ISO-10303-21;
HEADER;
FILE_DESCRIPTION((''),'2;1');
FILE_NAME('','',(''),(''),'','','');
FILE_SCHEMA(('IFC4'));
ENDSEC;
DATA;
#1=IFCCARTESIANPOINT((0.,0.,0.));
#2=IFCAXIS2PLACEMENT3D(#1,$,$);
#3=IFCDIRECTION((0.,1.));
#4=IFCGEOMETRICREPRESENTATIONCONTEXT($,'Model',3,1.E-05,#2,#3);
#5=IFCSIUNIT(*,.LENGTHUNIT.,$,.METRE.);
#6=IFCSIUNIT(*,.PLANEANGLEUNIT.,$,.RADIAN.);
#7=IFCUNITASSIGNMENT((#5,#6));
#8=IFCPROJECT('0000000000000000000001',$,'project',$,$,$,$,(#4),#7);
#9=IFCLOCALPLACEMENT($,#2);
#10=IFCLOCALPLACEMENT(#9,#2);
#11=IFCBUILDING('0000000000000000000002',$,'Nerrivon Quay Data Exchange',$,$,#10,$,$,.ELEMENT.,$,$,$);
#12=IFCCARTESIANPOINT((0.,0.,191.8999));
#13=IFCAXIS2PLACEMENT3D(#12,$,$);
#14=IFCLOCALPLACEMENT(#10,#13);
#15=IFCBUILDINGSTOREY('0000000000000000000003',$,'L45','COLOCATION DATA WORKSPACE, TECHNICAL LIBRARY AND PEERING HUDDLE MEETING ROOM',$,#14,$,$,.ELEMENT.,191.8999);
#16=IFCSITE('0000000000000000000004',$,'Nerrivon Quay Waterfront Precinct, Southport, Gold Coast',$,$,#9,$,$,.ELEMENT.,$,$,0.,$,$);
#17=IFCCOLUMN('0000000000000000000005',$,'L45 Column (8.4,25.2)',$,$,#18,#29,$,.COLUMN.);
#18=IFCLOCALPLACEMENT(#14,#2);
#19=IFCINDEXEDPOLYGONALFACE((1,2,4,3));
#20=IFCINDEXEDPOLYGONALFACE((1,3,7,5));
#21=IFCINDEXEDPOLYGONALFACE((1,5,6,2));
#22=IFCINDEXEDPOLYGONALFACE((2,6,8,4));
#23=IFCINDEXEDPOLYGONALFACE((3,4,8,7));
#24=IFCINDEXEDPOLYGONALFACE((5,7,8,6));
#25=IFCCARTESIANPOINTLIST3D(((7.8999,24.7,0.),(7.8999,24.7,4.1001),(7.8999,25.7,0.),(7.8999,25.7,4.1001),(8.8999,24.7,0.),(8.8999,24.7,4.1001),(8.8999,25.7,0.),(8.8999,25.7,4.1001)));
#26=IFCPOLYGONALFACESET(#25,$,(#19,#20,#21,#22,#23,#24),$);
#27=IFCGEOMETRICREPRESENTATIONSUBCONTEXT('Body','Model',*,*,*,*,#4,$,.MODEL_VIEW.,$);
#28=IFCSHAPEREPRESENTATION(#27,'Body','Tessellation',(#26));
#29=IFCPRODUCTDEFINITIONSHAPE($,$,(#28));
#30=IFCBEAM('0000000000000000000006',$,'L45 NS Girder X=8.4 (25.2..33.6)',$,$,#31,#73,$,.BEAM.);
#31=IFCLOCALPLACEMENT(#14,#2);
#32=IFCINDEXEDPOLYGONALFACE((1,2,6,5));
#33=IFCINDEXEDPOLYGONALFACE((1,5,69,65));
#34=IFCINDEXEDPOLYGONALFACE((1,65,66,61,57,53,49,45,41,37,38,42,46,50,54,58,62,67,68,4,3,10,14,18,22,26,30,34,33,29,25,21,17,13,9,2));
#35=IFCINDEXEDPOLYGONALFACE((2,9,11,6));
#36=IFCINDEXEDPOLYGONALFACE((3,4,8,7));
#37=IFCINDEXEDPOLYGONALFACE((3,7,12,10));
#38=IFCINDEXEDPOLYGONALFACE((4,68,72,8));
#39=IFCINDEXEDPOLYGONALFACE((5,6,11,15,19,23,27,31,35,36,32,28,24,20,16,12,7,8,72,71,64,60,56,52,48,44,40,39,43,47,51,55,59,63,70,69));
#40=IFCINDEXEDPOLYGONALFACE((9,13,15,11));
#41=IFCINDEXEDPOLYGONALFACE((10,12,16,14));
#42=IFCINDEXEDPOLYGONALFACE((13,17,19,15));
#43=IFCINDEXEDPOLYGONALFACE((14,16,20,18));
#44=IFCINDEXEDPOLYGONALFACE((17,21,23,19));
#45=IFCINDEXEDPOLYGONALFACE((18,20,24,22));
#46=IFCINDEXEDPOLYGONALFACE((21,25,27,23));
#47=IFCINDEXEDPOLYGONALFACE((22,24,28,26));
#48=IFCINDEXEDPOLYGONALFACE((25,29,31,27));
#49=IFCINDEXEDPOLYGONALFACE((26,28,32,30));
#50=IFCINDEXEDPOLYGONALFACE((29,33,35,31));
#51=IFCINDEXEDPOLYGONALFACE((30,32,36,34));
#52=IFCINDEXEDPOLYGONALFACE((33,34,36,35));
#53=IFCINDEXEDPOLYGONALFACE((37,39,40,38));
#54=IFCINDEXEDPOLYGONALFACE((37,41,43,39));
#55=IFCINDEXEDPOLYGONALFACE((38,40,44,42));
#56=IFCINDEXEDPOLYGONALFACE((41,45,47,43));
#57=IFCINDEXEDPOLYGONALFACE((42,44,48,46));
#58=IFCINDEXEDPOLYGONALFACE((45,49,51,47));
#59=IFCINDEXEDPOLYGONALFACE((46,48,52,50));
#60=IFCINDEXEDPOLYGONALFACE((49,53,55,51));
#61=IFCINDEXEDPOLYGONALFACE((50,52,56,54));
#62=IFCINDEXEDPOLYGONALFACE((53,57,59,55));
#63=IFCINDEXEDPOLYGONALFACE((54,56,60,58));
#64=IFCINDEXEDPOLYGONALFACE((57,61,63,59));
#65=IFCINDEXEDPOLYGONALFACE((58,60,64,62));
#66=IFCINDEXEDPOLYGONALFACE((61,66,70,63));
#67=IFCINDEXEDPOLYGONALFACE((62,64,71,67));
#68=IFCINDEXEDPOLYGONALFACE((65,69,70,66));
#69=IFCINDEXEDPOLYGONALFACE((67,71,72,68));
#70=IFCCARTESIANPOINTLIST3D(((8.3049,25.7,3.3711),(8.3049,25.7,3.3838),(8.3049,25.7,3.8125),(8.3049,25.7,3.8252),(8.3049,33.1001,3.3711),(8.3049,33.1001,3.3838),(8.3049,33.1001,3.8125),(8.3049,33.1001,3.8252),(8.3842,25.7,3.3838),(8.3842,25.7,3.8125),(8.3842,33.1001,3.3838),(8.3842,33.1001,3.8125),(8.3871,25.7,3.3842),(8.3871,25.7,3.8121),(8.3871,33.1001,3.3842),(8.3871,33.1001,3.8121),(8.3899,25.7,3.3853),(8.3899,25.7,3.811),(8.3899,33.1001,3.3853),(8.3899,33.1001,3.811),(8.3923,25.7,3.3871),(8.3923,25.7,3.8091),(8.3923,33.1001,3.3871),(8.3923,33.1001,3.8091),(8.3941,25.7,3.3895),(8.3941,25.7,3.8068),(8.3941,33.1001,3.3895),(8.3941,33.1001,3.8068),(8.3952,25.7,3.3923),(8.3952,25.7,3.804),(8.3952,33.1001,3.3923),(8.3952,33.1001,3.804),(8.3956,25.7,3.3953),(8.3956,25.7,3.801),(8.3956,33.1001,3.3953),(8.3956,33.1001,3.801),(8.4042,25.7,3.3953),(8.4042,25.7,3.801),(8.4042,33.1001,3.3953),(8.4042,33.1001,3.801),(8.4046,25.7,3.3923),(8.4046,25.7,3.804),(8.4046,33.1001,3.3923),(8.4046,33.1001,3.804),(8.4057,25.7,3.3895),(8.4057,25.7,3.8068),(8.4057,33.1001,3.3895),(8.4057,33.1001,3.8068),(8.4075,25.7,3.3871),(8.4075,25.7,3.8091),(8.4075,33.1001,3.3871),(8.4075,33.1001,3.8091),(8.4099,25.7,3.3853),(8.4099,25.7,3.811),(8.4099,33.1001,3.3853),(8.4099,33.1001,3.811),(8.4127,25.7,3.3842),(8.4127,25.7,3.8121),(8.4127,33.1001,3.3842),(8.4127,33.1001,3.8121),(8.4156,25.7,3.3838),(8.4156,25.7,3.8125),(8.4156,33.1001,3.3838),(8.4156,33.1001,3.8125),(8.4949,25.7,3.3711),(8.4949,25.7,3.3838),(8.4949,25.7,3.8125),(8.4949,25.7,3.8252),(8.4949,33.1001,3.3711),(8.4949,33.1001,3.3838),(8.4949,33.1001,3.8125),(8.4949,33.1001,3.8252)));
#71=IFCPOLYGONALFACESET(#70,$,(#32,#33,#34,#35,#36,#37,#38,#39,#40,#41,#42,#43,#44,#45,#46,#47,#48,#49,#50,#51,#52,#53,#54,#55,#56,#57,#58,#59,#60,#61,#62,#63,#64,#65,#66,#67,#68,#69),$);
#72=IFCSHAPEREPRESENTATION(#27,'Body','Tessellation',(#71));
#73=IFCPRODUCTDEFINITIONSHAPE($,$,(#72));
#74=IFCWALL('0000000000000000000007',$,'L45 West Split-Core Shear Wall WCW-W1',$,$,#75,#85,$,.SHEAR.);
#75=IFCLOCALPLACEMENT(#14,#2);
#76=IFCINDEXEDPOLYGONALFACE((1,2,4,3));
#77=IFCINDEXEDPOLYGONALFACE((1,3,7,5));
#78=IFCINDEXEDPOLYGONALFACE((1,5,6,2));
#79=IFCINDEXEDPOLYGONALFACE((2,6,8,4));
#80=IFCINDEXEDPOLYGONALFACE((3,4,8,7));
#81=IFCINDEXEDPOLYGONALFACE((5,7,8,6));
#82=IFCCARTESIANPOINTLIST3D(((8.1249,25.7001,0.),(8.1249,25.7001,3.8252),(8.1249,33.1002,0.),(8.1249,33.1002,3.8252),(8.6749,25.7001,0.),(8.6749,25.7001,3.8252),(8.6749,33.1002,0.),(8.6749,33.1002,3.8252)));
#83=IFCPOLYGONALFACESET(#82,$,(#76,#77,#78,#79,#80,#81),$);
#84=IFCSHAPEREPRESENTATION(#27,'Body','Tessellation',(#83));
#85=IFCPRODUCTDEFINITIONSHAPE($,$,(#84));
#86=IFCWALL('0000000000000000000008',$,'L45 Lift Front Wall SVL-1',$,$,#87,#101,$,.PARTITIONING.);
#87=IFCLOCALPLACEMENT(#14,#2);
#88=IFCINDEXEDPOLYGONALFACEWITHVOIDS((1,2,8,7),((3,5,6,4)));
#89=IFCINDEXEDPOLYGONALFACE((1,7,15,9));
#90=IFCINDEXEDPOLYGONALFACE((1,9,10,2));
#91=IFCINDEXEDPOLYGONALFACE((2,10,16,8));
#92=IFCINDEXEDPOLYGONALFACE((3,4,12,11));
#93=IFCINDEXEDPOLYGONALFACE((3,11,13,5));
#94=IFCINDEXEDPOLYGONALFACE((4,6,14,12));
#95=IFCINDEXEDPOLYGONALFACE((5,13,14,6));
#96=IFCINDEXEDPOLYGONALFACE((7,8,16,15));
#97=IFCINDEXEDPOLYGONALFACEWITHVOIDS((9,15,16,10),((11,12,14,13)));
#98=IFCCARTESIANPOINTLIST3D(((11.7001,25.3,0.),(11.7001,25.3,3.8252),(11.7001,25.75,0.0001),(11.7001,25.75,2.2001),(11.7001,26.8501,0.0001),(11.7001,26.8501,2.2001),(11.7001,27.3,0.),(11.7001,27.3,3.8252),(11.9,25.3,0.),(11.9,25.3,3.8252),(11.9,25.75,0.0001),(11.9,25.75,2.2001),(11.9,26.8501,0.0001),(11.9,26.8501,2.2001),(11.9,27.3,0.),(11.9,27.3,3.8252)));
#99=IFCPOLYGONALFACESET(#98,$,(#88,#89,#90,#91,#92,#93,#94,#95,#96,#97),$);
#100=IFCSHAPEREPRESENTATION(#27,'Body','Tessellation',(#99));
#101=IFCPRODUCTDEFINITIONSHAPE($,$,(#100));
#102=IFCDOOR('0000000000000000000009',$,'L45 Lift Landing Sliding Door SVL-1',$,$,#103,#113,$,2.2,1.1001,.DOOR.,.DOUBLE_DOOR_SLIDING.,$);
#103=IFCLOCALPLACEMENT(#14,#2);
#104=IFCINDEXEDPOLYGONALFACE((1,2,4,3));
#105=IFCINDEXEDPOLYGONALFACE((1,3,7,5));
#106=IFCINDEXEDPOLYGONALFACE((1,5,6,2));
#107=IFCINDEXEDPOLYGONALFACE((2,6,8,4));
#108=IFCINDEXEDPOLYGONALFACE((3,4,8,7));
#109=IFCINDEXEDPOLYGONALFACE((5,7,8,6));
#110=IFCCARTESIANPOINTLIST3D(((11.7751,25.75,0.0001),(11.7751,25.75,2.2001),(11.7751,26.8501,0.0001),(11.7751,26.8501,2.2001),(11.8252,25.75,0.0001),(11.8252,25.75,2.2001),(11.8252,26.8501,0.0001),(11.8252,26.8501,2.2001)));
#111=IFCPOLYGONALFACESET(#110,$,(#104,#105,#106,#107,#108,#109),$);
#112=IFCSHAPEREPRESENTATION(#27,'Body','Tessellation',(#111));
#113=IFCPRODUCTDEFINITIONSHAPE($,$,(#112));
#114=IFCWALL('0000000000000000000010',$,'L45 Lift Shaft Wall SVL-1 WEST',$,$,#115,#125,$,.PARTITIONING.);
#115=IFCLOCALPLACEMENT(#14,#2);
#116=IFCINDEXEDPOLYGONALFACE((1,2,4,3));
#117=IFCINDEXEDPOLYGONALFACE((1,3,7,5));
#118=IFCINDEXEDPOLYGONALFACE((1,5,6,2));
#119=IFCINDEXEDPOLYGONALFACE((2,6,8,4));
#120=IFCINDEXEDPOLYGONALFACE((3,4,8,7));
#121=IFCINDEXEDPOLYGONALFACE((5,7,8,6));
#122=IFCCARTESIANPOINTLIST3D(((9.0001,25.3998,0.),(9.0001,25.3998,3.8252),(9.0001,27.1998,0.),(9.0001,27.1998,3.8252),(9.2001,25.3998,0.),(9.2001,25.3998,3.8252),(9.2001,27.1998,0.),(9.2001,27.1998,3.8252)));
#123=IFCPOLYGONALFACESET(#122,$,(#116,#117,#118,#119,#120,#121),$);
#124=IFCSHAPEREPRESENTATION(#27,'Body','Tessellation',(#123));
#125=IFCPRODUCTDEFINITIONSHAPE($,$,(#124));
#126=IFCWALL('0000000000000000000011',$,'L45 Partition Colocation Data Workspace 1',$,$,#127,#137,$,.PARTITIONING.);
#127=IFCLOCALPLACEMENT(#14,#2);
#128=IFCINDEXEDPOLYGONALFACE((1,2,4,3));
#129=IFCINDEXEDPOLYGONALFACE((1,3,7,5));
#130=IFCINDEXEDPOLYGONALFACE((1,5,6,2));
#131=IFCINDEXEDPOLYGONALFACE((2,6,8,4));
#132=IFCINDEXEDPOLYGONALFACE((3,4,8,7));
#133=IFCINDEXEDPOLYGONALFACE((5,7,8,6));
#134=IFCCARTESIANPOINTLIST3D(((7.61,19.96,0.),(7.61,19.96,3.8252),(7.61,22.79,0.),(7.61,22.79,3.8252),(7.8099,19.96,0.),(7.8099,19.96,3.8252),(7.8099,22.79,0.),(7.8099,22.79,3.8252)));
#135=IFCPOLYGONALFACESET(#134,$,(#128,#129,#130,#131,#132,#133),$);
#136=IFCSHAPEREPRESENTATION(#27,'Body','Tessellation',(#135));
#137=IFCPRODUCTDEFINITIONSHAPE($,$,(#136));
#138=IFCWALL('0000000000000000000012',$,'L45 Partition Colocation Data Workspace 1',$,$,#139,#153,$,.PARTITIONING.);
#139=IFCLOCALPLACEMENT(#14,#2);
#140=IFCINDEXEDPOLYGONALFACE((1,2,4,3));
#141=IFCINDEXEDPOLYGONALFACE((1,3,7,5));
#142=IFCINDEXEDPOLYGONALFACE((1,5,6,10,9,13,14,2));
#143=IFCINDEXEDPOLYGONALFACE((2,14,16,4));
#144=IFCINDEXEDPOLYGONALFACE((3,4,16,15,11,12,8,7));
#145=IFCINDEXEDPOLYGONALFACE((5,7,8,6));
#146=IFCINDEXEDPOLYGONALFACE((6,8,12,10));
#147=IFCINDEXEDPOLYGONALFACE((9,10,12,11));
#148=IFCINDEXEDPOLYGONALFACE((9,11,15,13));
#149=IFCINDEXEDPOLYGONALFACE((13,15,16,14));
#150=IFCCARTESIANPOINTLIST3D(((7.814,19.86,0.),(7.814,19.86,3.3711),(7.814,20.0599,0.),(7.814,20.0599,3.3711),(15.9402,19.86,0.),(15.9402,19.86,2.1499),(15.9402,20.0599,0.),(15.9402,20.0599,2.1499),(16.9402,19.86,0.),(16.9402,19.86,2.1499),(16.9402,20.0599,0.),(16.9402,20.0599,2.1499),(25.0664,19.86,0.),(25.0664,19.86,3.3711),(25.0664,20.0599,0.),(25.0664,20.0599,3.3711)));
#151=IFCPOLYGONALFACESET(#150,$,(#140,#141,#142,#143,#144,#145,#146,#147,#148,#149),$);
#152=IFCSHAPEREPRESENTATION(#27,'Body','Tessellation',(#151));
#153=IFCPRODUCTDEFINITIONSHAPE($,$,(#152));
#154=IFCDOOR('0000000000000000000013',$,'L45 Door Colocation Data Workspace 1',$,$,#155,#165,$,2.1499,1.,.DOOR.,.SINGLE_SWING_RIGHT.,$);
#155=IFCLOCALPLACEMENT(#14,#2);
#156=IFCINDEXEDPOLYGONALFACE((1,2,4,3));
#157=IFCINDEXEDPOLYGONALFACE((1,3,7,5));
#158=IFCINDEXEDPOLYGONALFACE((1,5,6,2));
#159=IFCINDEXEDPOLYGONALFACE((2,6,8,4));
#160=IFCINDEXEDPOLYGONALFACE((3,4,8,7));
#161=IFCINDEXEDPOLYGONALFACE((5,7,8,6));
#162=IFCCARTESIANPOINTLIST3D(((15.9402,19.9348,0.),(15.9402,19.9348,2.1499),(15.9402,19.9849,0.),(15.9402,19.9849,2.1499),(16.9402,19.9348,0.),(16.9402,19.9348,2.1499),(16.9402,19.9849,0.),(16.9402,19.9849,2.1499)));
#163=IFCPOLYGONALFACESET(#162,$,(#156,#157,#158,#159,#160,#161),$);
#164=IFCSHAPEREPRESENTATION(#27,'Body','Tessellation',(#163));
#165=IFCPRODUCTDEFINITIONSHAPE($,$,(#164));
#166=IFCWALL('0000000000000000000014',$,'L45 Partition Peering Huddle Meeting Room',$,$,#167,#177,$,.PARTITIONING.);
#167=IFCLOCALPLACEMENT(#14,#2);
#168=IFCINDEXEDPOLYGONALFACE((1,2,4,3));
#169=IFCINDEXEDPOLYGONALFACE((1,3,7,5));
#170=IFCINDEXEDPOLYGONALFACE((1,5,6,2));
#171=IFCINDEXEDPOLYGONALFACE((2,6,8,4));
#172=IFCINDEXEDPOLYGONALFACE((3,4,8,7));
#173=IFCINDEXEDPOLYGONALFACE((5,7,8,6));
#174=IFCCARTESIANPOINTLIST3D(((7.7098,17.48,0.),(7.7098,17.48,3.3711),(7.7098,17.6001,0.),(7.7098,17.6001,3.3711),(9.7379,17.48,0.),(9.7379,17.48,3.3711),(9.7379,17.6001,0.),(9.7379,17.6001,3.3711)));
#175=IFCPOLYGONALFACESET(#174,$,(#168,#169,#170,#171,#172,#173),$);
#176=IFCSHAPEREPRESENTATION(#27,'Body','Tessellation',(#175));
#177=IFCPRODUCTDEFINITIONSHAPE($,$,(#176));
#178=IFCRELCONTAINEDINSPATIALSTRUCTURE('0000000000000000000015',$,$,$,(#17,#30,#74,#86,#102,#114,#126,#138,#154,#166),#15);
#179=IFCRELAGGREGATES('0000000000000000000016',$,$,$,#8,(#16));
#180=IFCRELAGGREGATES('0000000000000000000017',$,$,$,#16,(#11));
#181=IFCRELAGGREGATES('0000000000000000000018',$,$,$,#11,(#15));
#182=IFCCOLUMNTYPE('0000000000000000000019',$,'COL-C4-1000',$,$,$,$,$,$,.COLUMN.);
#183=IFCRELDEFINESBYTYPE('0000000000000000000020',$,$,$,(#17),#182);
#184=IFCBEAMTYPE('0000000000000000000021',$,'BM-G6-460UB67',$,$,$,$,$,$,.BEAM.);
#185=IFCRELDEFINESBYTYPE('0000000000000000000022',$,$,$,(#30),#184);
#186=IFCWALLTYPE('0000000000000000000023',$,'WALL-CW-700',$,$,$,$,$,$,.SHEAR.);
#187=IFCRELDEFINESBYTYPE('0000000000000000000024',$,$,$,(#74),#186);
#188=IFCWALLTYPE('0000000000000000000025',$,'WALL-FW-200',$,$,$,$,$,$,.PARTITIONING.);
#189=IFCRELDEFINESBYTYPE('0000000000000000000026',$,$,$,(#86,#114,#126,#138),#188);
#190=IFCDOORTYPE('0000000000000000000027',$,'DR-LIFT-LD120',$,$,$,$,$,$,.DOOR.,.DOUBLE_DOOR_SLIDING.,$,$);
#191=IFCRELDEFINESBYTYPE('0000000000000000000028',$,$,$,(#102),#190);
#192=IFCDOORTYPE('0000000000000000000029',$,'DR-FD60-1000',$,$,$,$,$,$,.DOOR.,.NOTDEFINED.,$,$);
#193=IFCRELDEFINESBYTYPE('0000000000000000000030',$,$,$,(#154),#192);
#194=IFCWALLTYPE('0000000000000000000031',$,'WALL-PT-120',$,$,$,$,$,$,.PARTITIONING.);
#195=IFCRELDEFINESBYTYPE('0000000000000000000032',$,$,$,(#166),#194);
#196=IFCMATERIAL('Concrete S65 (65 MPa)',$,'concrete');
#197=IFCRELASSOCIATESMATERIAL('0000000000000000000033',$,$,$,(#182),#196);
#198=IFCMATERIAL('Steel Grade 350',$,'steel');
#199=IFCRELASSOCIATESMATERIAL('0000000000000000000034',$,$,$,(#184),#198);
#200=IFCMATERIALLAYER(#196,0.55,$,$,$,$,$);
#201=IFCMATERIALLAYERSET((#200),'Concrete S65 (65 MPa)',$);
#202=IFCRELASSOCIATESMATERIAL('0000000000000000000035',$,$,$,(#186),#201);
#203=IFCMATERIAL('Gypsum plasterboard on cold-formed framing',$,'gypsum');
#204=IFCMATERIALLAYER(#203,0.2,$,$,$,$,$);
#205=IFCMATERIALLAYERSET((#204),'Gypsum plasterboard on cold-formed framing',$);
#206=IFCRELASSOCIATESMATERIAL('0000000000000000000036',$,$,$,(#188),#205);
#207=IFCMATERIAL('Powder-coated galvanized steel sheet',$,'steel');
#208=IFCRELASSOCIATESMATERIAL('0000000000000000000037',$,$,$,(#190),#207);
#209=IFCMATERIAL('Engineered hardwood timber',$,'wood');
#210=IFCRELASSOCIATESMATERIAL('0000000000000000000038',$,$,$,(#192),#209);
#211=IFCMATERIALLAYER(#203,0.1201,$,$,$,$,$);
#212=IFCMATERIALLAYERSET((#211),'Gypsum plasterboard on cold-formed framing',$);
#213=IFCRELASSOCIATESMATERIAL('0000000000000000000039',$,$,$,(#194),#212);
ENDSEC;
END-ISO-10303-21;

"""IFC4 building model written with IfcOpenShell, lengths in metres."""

from ifc_helpers import new_model, si_unit, direction, frame, frame_2d, origin, origin_2d, place, context, subcontext, project, spatial, rectangle, i_section, extrude, material, layer, layer_set, material_profile, profile_set, type_object, element, fill, save


model = new_model("IFC4")

# Units and contexts
model_context = context("Model", 3, precision=1e-05, world=origin(), true_north=direction((0.0, 1.0)))
body_context = subcontext(model_context, "Body", "Model", "MODEL_VIEW")
ifc_project = project(units=[si_unit("LENGTHUNIT", "METRE"), si_unit("PLANEANGLEUNIT", "RADIAN")], contexts=[model_context])

# Site, building, storey
site_placement = place(None, origin())
site = spatial("IfcSite", under=ifc_project, at=site_placement, Name="Nerrivon Quay Waterfront Precinct, Southport, Gold Coast", CompositionType="ELEMENT", RefElevation=0.0)
building_placement = place(site_placement, origin())
building = spatial("IfcBuilding", under=site, at=building_placement, Name="Nerrivon Quay Data Exchange", CompositionType="ELEMENT")
storey_placement = place(building_placement, frame((0.0, 0.0, 191.8999)))
storey = spatial("IfcBuildingStorey", under=building, at=storey_placement, Name="L45", Description="COLOCATION DATA WORKSPACE, TECHNICAL LIBRARY AND PEERING HUDDLE MEETING ROOM", CompositionType="ELEMENT", Elevation=191.8999)

# Column
ifc_material_1 = material(Name="Concrete S65 (65 MPa)", Category="concrete")
ifc_material_profile_1 = material_profile(ifc_material_1, rectangle(XDim=1.0, YDim=1.0, at=origin_2d()), Name="RC-COL-1000x1000")
ifc_profile_set_1 = profile_set([ifc_material_profile_1], Name="Concrete S65 (65 MPa)")
column_type = type_object("IfcColumnType", Name="COL-C4-1000", PredefinedType="COLUMN", material=ifc_profile_set_1)
column_placement = place(storey_placement, frame((8.3999, 25.2, 0.0), z_axis=(0.0, 0.0, 1.0), x_axis=(1.0, 0.0, 0.0)))
element("IfcColumn", 1, at=column_placement, inside=storey, type_object=column_type, Name="L45 Column (8.4,25.2)", PredefinedType="COLUMN", context=body_context, shape_type="SweptSolid", body=[
    extrude(rectangle(XDim=1.0, YDim=1.0, at=origin_2d()), origin(), (0.0, 0.0, 1.0), 4.1001),
])

# Beam
ifc_material_2 = material(Name="Steel Grade 350", Category="steel")
ifc_material_profile_2 = material_profile(ifc_material_2, i_section(OverallWidth=0.1899, OverallDepth=0.4541, WebThickness=0.0085, FlangeThickness=0.0127, FilletRadius=0.0115, at=origin_2d()), Name="460UB67.1")
ifc_profile_set_2 = profile_set([ifc_material_profile_2], Name="Steel Grade 350")
beam_type = type_object("IfcBeamType", Name="BM-G6-460UB67", PredefinedType="BEAM", material=ifc_profile_set_2)
beam_placement = place(storey_placement, frame((8.3999, 25.7, 3.5981), z_axis=(0.0, 1.0, 0.0), x_axis=(-1.0, 0.0, 0.0)))
element("IfcBeam", 2, at=beam_placement, inside=storey, type_object=beam_type, Name="L45 NS Girder X=8.4 (25.2..33.6)", PredefinedType="BEAM", context=body_context, shape_type="SweptSolid", body=[
    extrude(i_section(OverallWidth=0.1899, OverallDepth=0.4541, WebThickness=0.0085, FlangeThickness=0.0127, FilletRadius=0.0115, at=origin_2d()), origin(), (0.0, 0.0, 1.0), 7.4001),
])

# Wall
ifc_layer_1 = layer(ifc_material_1, 0.55)
ifc_layer_set_1 = layer_set([ifc_layer_1], Name="Concrete S65 (65 MPa)")
wall_type_1 = type_object("IfcWallType", Name="WALL-CW-700", PredefinedType="SHEAR", material=ifc_layer_set_1)
wall_1_placement = place(storey_placement, frame((8.3999, 25.7, 0.0), z_axis=(0.0, 0.0, 1.0), x_axis=(0.0, 1.0, 0.0)))
element("IfcWall", 3, at=wall_1_placement, inside=storey, type_object=wall_type_1, Name="L45 West Split-Core Shear Wall WCW-W1", PredefinedType="SHEAR", context=body_context, shape_type="SweptSolid", body=[
    extrude(rectangle(XDim=7.4001, YDim=0.55, at=frame_2d((3.7002, 0.0))), origin(), (0.0, 0.0, 1.0), 3.8252),
])

# Wall, opening, door
ifc_material_3 = material(Name="Powder-coated galvanized steel sheet", Category="steel")
ifc_material_4 = material(Name="Gypsum plasterboard on cold-formed framing", Category="gypsum")
ifc_layer_2 = layer(ifc_material_4, 0.2)
ifc_layer_set_2 = layer_set([ifc_layer_2], Name="Gypsum plasterboard on cold-formed framing")
wall_type_2 = type_object("IfcWallType", Name="WALL-FW-200", PredefinedType="PARTITIONING", material=ifc_layer_set_2)
wall_2_placement = place(storey_placement, frame((11.8, 25.3, 0.0), z_axis=(0.0, 0.0, 1.0), x_axis=(0.0, 1.0, 0.0)))
wall_2 = element("IfcWall", 4, at=wall_2_placement, inside=storey, type_object=wall_type_2, Name="L45 Lift Front Wall SVL-1", PredefinedType="PARTITIONING", context=body_context, shape_type="SweptSolid", body=[
    extrude(rectangle(XDim=2.0, YDim=0.2, at=frame_2d((1.0, 0.0))), origin(), (0.0, 0.0, 1.0), 3.8252),
])
opening_1_placement = place(wall_2_placement, frame((0.45, 0.0, 0.0)))
opening_1 = element("IfcOpeningElement", 5, at=opening_1_placement, cuts=wall_2, PredefinedType="OPENING", context=body_context, shape_type="SweptSolid", body=[
    extrude(rectangle(XDim=1.1001, YDim=2.2, at=frame_2d((0.55, 1.1001))), frame((0.0, 0.1099, 0.0), z_axis=(0.0, -1.0, 0.0), x_axis=(1.0, 0.0, 0.0)), (0.0, 0.0, 1.0), 0.22),
])
door_type_1 = type_object("IfcDoorType", Name="DR-LIFT-LD120", OperationType="DOUBLE_DOOR_SLIDING", PredefinedType="DOOR", material=ifc_material_3)
door_1_placement = place(opening_1_placement, origin())
door_1 = element("IfcDoor", 6, at=door_1_placement, inside=storey, type_object=door_type_1, Name="L45 Lift Landing Sliding Door SVL-1", OperationType="DOUBLE_DOOR_SLIDING", OverallHeight=2.2, OverallWidth=1.1001, PredefinedType="DOOR", context=body_context, shape_type="SweptSolid", body=[
    extrude(rectangle(XDim=1.1001, YDim=2.2, at=frame_2d((0.55, 1.1001))), frame((0.0, 0.0249, 0.0), z_axis=(0.0, -1.0, 0.0), x_axis=(1.0, 0.0, 0.0)), (0.0, 0.0, 1.0), 0.05),
])
fill(opening_1, door_1)

# Walls
wall_3_placement = place(storey_placement, frame((9.1001, 25.3999, 0.0), z_axis=(0.0, 0.0, 1.0), x_axis=(0.0, 1.0, 0.0)))
element("IfcWall", 7, at=wall_3_placement, inside=storey, type_object=wall_type_2, Name="L45 Lift Shaft Wall SVL-1 WEST", PredefinedType="PARTITIONING", context=body_context, shape_type="SweptSolid", body=[
    extrude(rectangle(XDim=1.8, YDim=0.2, at=frame_2d((0.8999, 0.0))), origin(), (0.0, 0.0, 1.0), 3.8252),
])
wall_4_placement = place(storey_placement, frame((7.71, 22.79, 0.0), z_axis=(0.0, 0.0, 1.0), x_axis=(0.0, -1.0, 0.0)))
element("IfcWall", 8, at=wall_4_placement, inside=storey, type_object=wall_type_2, Name="L45 Partition Colocation Data Workspace 1", PredefinedType="PARTITIONING", context=body_context, shape_type="SweptSolid", body=[
    extrude(rectangle(XDim=2.8301, YDim=0.2, at=frame_2d((1.415, 0.0))), origin(), (0.0, 0.0, 1.0), 3.8252),
])

# Wall, opening, door
wall_5_placement = place(storey_placement, frame((7.814, 19.96, 0.0), z_axis=(0.0, 0.0, 1.0), x_axis=(1.0, 0.0, 0.0)))
wall_5 = element("IfcWall", 9, at=wall_5_placement, inside=storey, type_object=wall_type_2, Name="L45 Partition Colocation Data Workspace 1", PredefinedType="PARTITIONING", context=body_context, shape_type="SweptSolid", body=[
    extrude(rectangle(XDim=17.2524, YDim=0.2, at=frame_2d((8.6262, 0.0))), origin(), (0.0, 0.0, 1.0), 3.3711),
])
opening_2_placement = place(wall_5_placement, frame((8.1262, 0.0, 0.0)))
opening_2 = element("IfcOpeningElement", 10, at=opening_2_placement, cuts=wall_5, PredefinedType="OPENING", context=body_context, shape_type="SweptSolid", body=[
    extrude(rectangle(XDim=1.0, YDim=2.1499, at=frame_2d((0.5, 1.075))), frame((0.0, 0.1099, 0.0), z_axis=(0.0, -1.0, 0.0), x_axis=(1.0, 0.0, 0.0)), (0.0, 0.0, 1.0), 0.22),
])
ifc_material_5 = material(Name="Engineered hardwood timber", Category="wood")
door_type_2 = type_object("IfcDoorType", Name="DR-FD60-1000", OperationType="NOTDEFINED", PredefinedType="DOOR", material=ifc_material_5)
door_2_placement = place(opening_2_placement, origin())
door_2 = element("IfcDoor", 11, at=door_2_placement, inside=storey, type_object=door_type_2, Name="L45 Door Colocation Data Workspace 1", OperationType="SINGLE_SWING_RIGHT", OverallHeight=2.1499, OverallWidth=1.0, PredefinedType="DOOR", context=body_context, shape_type="SweptSolid", body=[
    extrude(rectangle(XDim=1.0, YDim=2.1499, at=frame_2d((0.5, 1.075))), frame((0.0, 0.0249, 0.0), z_axis=(0.0, -1.0, 0.0), x_axis=(1.0, 0.0, 0.0)), (0.0, 0.0, 1.0), 0.05),
])
fill(opening_2, door_2)

# Wall
ifc_layer_3 = layer(ifc_material_4, 0.1201)
ifc_layer_set_3 = layer_set([ifc_layer_3], Name="Gypsum plasterboard on cold-formed framing")
wall_type_3 = type_object("IfcWallType", Name="WALL-PT-120", PredefinedType="PARTITIONING", material=ifc_layer_set_3)
wall_6_placement = place(storey_placement, frame((9.738, 17.54, 0.0), z_axis=(0.0, 0.0, 1.0), x_axis=(-1.0, 0.0, 0.0)))
element("IfcWall", 12, at=wall_6_placement, inside=storey, type_object=wall_type_3, Name="L45 Partition Peering Huddle Meeting Room", PredefinedType="PARTITIONING", context=body_context, shape_type="SweptSolid", body=[
    extrude(rectangle(XDim=2.0281, YDim=0.1201, at=frame_2d((1.0142, 0.0))), origin(), (0.0, 0.0, 1.0), 3.3711),
])

save(model, "model.ifc")
